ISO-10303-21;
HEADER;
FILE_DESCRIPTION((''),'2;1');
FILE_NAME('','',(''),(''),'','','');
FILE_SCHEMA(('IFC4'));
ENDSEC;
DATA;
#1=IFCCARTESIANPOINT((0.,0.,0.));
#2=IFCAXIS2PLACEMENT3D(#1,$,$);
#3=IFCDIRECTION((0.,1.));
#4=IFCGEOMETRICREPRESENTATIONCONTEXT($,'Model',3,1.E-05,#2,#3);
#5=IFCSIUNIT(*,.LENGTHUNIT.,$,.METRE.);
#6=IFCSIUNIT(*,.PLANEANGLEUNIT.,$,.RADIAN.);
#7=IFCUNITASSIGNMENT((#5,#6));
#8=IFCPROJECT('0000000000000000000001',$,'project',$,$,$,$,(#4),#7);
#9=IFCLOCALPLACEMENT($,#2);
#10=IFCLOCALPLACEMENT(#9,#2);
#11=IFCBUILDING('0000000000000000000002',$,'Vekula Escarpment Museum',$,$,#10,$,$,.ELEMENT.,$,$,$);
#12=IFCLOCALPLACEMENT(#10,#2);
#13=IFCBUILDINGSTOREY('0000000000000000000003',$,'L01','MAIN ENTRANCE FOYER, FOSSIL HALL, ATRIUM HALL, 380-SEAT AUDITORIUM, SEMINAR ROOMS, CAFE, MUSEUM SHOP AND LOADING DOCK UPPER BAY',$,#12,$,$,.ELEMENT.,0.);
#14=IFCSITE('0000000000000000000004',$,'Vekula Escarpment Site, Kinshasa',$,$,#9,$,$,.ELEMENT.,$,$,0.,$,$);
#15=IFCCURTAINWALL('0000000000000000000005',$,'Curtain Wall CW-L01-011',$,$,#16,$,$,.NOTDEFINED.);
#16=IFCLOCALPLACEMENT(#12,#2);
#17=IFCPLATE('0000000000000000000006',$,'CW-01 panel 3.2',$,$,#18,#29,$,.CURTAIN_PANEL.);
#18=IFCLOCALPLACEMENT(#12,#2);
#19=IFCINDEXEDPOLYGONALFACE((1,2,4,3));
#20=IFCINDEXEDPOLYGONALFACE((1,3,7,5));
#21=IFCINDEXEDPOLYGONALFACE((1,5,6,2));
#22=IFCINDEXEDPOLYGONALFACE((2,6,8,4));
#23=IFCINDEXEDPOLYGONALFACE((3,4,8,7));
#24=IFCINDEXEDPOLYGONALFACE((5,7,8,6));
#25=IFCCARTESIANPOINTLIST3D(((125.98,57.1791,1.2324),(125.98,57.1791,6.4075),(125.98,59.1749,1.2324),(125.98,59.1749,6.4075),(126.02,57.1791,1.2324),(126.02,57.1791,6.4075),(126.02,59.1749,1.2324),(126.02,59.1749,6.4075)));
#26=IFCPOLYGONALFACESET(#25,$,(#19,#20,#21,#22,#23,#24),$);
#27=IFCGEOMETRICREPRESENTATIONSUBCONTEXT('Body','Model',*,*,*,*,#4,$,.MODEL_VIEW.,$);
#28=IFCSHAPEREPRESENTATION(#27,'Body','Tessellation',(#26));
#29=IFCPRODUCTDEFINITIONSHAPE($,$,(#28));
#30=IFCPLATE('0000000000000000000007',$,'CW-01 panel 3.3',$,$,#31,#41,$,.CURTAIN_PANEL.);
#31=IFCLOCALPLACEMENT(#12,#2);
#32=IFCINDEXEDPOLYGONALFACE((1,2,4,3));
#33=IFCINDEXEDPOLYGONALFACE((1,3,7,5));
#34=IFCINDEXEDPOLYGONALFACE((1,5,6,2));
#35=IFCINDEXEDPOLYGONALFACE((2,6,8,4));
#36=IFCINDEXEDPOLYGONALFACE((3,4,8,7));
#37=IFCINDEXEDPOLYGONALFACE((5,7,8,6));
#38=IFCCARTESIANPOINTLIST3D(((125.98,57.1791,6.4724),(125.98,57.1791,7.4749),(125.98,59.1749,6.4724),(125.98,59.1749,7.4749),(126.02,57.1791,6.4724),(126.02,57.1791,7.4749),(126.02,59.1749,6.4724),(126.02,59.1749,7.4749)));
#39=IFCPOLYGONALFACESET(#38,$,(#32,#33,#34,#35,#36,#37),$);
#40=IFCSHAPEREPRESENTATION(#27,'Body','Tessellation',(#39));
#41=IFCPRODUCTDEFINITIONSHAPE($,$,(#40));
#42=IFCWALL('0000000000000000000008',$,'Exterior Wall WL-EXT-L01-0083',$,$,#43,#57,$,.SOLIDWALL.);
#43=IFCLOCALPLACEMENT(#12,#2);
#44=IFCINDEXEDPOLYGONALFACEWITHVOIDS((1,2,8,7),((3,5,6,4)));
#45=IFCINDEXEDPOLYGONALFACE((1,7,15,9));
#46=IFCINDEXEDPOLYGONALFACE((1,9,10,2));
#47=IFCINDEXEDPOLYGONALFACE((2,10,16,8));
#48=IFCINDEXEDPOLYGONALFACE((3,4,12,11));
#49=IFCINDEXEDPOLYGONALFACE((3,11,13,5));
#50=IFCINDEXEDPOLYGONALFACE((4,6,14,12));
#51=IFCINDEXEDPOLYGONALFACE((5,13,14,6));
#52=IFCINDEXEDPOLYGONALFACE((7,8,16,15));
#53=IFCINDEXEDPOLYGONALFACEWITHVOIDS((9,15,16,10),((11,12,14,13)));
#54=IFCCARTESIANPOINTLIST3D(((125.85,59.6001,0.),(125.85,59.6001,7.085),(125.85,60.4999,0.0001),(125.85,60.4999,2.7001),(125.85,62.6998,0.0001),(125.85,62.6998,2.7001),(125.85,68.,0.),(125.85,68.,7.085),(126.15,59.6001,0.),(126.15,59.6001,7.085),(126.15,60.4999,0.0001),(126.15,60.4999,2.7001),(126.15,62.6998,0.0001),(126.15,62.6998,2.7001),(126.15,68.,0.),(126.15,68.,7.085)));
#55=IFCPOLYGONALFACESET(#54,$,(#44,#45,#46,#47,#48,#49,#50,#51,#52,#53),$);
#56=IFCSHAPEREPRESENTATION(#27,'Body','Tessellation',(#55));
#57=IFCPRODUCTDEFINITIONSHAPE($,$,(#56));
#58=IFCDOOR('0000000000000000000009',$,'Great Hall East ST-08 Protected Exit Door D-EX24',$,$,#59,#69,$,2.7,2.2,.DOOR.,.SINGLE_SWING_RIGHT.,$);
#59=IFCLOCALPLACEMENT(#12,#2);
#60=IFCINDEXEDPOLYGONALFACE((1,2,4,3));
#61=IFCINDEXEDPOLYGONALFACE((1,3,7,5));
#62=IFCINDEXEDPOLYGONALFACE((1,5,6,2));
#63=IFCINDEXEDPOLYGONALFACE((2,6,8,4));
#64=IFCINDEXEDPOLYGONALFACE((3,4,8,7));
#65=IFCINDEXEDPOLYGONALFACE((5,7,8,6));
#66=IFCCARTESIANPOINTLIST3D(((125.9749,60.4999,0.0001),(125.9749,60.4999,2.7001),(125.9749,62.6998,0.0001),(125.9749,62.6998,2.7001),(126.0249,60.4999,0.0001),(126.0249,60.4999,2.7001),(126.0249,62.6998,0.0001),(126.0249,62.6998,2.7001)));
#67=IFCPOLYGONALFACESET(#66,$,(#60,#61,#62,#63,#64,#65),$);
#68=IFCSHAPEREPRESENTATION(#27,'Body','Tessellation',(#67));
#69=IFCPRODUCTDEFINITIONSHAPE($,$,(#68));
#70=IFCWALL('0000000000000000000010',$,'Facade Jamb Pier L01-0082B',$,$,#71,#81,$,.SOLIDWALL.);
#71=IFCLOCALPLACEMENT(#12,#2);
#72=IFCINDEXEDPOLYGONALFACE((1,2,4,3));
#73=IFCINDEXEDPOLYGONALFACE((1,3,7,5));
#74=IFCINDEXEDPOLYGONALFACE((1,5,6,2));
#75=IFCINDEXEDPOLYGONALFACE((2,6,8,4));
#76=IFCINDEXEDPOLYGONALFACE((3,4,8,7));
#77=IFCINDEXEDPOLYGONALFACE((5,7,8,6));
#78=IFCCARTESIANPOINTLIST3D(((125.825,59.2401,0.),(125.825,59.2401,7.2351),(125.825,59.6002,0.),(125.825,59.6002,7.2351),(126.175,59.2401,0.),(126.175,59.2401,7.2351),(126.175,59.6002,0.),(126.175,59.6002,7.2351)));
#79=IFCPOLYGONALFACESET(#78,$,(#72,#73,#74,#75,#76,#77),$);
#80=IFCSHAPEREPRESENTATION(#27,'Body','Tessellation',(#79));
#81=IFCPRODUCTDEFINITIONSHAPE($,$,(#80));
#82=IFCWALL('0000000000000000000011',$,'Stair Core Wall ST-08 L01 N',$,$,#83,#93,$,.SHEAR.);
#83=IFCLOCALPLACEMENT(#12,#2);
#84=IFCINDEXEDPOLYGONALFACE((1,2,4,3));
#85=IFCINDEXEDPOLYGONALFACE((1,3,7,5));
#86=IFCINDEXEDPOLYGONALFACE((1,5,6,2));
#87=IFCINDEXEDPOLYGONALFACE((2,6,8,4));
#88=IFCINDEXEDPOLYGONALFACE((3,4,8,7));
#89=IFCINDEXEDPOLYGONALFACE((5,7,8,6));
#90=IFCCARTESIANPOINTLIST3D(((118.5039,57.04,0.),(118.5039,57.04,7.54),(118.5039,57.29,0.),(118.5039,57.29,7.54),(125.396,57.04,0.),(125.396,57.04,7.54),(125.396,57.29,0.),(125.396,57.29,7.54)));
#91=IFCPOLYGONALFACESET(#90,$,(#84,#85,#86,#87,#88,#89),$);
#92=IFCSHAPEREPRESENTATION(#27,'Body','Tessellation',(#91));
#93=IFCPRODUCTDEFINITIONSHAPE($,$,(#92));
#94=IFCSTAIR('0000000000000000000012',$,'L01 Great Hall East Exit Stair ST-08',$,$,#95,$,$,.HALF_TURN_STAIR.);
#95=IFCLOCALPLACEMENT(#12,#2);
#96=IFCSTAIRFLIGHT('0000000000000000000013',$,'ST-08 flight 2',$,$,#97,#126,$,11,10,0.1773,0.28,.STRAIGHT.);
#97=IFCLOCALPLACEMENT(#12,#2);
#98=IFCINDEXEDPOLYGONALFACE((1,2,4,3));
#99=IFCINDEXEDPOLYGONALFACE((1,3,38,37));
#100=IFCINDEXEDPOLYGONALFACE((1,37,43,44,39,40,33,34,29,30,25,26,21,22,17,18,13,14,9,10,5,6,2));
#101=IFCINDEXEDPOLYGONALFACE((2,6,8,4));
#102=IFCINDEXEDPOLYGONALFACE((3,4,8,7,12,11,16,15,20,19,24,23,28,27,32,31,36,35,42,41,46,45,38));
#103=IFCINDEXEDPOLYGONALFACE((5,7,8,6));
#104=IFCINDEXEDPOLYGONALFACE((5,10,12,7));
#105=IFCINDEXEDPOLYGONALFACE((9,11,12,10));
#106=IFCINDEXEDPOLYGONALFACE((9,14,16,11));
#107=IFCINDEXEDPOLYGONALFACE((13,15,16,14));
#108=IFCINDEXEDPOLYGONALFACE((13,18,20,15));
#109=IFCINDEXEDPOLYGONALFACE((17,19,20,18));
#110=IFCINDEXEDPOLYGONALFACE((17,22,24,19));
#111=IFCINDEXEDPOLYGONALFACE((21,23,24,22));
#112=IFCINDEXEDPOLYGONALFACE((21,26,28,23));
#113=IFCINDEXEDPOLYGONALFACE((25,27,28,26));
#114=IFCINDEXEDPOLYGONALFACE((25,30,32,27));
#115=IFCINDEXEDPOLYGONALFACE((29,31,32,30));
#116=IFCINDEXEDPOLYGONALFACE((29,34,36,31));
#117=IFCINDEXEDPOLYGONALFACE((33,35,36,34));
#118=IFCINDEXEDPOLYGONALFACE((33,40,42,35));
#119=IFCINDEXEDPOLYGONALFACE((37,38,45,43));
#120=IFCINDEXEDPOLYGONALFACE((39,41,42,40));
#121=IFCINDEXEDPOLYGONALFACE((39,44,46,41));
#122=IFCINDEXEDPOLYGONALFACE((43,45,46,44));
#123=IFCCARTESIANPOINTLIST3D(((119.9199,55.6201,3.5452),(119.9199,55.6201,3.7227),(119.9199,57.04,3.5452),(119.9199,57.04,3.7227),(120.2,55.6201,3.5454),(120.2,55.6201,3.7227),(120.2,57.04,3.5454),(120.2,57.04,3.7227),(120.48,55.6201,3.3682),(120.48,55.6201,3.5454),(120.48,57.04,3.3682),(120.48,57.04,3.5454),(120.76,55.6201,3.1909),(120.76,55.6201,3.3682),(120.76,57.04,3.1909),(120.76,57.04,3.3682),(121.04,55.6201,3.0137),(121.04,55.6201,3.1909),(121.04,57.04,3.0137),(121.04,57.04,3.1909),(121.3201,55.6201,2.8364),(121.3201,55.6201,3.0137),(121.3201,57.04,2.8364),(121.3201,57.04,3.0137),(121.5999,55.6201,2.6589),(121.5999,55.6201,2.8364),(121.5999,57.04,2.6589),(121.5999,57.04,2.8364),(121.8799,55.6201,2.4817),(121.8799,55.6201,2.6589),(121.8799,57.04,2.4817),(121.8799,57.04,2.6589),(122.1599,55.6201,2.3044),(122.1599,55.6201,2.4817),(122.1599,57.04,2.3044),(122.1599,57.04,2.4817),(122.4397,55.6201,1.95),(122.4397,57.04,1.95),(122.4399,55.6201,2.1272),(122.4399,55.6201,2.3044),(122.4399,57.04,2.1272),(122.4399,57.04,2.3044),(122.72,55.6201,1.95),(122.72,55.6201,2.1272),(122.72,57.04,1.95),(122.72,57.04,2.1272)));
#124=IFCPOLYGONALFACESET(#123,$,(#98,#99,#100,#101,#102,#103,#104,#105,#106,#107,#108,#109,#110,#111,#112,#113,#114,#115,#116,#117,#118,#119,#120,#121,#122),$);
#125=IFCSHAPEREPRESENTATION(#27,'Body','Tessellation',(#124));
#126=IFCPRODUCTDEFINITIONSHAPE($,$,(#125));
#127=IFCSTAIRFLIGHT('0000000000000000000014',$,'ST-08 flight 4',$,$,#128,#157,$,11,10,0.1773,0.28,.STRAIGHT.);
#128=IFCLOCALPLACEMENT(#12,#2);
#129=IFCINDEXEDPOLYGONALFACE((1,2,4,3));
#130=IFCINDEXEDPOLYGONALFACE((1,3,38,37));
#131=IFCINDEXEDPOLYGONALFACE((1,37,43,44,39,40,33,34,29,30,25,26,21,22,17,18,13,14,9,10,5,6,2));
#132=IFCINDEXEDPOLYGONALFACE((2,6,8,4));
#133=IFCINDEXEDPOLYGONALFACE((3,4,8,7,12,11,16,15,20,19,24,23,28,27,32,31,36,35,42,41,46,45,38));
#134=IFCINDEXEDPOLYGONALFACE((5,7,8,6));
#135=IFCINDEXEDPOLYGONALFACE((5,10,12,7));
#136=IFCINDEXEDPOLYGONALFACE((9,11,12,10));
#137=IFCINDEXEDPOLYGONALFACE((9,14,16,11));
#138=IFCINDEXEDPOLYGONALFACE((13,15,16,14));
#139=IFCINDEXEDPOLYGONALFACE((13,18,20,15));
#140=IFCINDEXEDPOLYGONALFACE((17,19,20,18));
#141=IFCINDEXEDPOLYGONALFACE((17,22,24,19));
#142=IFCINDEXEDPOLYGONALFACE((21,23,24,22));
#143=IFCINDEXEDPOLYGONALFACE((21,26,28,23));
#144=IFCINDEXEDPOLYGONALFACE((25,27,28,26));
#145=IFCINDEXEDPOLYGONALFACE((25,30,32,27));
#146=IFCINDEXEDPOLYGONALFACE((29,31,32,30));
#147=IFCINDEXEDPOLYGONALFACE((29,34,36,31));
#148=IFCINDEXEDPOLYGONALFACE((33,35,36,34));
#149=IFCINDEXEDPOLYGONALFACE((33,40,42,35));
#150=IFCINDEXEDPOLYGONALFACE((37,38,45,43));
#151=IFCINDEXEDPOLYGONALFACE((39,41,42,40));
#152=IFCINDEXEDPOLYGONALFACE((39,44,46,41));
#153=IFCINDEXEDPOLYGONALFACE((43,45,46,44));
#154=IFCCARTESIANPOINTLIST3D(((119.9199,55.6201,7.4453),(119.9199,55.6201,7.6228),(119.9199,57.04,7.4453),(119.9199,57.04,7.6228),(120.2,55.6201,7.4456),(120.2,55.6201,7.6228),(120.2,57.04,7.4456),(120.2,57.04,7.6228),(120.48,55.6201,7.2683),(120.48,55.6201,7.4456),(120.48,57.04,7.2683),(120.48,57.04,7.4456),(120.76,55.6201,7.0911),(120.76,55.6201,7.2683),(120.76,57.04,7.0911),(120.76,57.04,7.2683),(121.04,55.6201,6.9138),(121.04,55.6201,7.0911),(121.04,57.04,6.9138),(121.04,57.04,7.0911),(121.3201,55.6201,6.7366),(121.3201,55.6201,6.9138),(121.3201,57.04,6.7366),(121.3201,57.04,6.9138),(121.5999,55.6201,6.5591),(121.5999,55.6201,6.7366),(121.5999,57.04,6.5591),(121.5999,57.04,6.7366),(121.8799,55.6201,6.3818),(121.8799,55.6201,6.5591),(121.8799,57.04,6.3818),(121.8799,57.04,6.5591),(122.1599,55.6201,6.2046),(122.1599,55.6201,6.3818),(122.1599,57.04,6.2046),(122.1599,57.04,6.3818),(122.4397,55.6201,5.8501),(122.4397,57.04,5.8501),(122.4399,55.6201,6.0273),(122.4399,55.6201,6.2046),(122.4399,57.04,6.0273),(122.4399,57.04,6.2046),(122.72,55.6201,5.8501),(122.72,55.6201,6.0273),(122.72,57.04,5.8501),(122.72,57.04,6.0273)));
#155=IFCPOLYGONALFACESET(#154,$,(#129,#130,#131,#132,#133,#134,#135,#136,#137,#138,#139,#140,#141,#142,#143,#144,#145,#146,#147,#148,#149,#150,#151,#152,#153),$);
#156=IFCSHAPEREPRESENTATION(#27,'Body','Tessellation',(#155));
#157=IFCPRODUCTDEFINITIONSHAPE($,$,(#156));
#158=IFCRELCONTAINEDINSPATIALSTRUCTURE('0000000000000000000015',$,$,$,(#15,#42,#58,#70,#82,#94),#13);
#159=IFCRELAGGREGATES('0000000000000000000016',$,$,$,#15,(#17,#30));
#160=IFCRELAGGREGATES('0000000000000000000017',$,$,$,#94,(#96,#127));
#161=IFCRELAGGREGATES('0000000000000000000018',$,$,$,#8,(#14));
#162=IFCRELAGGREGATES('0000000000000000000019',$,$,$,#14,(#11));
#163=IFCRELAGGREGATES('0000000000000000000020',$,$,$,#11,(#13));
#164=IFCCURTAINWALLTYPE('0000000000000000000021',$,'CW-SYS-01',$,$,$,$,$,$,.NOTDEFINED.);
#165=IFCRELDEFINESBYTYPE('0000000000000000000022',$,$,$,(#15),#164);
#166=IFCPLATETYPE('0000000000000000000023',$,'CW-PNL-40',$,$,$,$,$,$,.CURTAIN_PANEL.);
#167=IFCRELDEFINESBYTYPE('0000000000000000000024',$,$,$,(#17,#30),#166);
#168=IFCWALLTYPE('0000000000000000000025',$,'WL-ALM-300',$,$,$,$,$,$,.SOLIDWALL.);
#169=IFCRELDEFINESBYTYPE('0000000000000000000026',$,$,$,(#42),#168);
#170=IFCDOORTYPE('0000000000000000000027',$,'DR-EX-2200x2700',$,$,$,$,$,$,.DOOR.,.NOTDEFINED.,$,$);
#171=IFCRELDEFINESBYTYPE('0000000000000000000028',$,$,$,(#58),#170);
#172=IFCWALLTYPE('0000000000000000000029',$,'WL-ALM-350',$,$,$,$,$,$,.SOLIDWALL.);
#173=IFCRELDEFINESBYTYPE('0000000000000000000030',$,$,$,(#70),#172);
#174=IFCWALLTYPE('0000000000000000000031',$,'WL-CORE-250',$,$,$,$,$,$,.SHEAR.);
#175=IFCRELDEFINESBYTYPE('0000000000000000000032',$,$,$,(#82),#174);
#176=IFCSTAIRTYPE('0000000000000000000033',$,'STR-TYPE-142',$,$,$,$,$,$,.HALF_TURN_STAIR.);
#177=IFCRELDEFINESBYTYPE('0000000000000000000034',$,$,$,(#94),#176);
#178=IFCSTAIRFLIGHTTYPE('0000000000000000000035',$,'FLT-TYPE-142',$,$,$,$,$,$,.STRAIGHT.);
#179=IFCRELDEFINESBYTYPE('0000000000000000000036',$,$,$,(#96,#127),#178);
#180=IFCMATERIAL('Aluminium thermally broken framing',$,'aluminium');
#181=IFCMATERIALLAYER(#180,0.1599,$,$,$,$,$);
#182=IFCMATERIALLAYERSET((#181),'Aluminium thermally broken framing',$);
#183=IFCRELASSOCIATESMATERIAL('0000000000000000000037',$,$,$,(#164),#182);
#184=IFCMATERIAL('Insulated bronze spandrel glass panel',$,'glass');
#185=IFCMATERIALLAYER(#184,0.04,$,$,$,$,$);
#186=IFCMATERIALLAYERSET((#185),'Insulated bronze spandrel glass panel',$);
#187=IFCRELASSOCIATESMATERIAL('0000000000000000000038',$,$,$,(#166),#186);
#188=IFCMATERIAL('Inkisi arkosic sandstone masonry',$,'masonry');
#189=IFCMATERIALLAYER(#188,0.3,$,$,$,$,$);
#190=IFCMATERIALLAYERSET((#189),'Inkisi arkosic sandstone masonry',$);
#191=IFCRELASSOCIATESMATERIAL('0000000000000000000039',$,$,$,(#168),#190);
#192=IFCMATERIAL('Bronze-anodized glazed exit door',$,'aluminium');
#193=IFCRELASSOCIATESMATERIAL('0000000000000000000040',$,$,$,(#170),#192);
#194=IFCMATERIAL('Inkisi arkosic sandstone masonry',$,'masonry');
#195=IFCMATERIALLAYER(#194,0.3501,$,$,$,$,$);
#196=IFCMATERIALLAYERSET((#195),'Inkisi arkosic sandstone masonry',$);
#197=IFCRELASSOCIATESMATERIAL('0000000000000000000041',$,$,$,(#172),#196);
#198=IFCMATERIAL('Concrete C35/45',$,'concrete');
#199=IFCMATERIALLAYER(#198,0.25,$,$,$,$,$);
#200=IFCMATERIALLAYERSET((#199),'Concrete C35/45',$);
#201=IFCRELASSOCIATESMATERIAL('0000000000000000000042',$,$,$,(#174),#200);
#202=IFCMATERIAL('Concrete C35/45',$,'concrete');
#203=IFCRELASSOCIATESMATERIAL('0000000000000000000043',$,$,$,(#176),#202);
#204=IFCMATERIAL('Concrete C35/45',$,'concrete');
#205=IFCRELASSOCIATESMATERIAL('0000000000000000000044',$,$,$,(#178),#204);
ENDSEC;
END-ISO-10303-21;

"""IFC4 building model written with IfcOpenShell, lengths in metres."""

from ifc_helpers import new_model, si_unit, direction, frame, frame_2d, origin, origin_2d, place, context, subcontext, project, spatial, polyline, rectangle, outline, extrude, material, layer, layer_set, type_object, element, fill, aggregate, save


model = new_model("IFC4")

# Units and contexts
model_context = context("Model", 3, precision=1e-05, world=origin(), true_north=direction((0.0, 1.0)))
body_context = subcontext(model_context, "Body", "Model", "MODEL_VIEW")
ifc_project = project(units=[si_unit("LENGTHUNIT", "METRE"), si_unit("PLANEANGLEUNIT", "RADIAN")], contexts=[model_context])

# Site, building, storey
site_placement = place(None, origin())
site = spatial("IfcSite", under=ifc_project, at=site_placement, Name="Vekula Escarpment Site, Kinshasa", CompositionType="ELEMENT", RefElevation=0.0)
building_placement = place(site_placement, origin())
building = spatial("IfcBuilding", under=site, at=building_placement, Name="Vekula Escarpment Museum", CompositionType="ELEMENT")
storey_placement = place(building_placement, origin())
storey = spatial("IfcBuildingStorey", under=building, at=storey_placement, Name="L01", Description="MAIN ENTRANCE FOYER, FOSSIL HALL, ATRIUM HALL, 380-SEAT AUDITORIUM, SEMINAR ROOMS, CAFE, MUSEUM SHOP AND LOADING DOCK UPPER BAY", CompositionType="ELEMENT", Elevation=0.0)

# Curtain wall, plates
ifc_material_1 = material(Name="Aluminium thermally broken framing", Category="aluminium")
ifc_layer_1 = layer(ifc_material_1, 0.1599)
ifc_layer_set_1 = layer_set([ifc_layer_1], Name="Aluminium thermally broken framing")
curtain_wall_type = type_object("IfcCurtainWallType", Name="CW-SYS-01", PredefinedType="NOTDEFINED", material=ifc_layer_set_1)
curtain_wall_placement = place(storey_placement, origin())
curtain_wall = element("IfcCurtainWall", 1, at=curtain_wall_placement, inside=storey, type_object=curtain_wall_type, Name="Curtain Wall CW-L01-011", PredefinedType="NOTDEFINED")
ifc_material_2 = material(Name="Insulated bronze spandrel glass panel", Category="glass")
ifc_layer_2 = layer(ifc_material_2, 0.04)
ifc_layer_set_2 = layer_set([ifc_layer_2], Name="Insulated bronze spandrel glass panel")
plate_type = type_object("IfcPlateType", Name="CW-PNL-40", PredefinedType="CURTAIN_PANEL", material=ifc_layer_set_2)
plate_1_placement = place(storey_placement, frame((126.0, 58.177, 1.2324), z_axis=(0.0, 0.0, 1.0), x_axis=(0.0, 1.0, 0.0)))
plate_1 = element("IfcPlate", 2, at=plate_1_placement, type_object=plate_type, Name="CW-01 panel 3.2", PredefinedType="CURTAIN_PANEL", context=body_context, shape_type="SweptSolid", body=[
    extrude(rectangle(XDim=1.9958, YDim=0.04, at=origin_2d()), origin(), (0.0, 0.0, 1.0), 5.175),
])
plate_2_placement = place(storey_placement, frame((126.0, 58.177, 6.4724), z_axis=(0.0, 0.0, 1.0), x_axis=(0.0, 1.0, 0.0)))
plate_2 = element("IfcPlate", 3, at=plate_2_placement, type_object=plate_type, Name="CW-01 panel 3.3", PredefinedType="CURTAIN_PANEL", context=body_context, shape_type="SweptSolid", body=[
    extrude(rectangle(XDim=1.9958, YDim=0.04, at=origin_2d()), origin(), (0.0, 0.0, 1.0), 1.0024),
])
aggregate(curtain_wall, [plate_1, plate_2])

# Wall, opening, door
ifc_material_3 = material(Name="Inkisi arkosic sandstone masonry", Category="masonry")
ifc_layer_3 = layer(ifc_material_3, 0.3)
ifc_layer_set_3 = layer_set([ifc_layer_3], Name="Inkisi arkosic sandstone masonry")
wall_type_1 = type_object("IfcWallType", Name="WL-ALM-300", PredefinedType="SOLIDWALL", material=ifc_layer_set_3)
wall_1_placement = place(storey_placement, frame((126.0, 68.0, 0.0), z_axis=(0.0, 0.0, 1.0), x_axis=(0.0, -1.0, 0.0)))
wall_1 = element("IfcWall", 4, at=wall_1_placement, inside=storey, type_object=wall_type_1, Name="Exterior Wall WL-EXT-L01-0083", PredefinedType="SOLIDWALL", context=body_context, shape_type="SweptSolid", body=[
    extrude(rectangle(XDim=8.3999, YDim=0.3, at=frame_2d((4.2, 0.0))), origin(), (0.0, 0.0, 1.0), 7.085),
])
opening_placement = place(wall_1_placement, frame((5.3, 0.0, 0.0)))
opening = element("IfcOpeningElement", 5, at=opening_placement, cuts=wall_1, PredefinedType="OPENING", context=body_context, shape_type="SweptSolid", body=[
    extrude(rectangle(XDim=2.2, YDim=2.7, at=frame_2d((1.1001, 1.3501))), frame((0.0, 0.1599, 0.0), z_axis=(0.0, -1.0, 0.0), x_axis=(1.0, 0.0, 0.0)), (0.0, 0.0, 1.0), 0.3201),
])
ifc_material_4 = material(Name="Bronze-anodized glazed exit door", Category="aluminium")
door_type = type_object("IfcDoorType", Name="DR-EX-2200x2700", OperationType="NOTDEFINED", PredefinedType="DOOR", material=ifc_material_4)
door_placement = place(opening_placement, origin())
door = element("IfcDoor", 6, at=door_placement, inside=storey, type_object=door_type, Name="Great Hall East ST-08 Protected Exit Door D-EX24", OperationType="SINGLE_SWING_RIGHT", OverallHeight=2.7, OverallWidth=2.2, PredefinedType="DOOR", context=body_context, shape_type="SweptSolid", body=[
    extrude(rectangle(XDim=2.2, YDim=2.7, at=frame_2d((1.1001, 1.3501))), frame((0.0, 0.0249, 0.0), z_axis=(0.0, -1.0, 0.0), x_axis=(1.0, 0.0, 0.0)), (0.0, 0.0, 1.0), 0.05),
])
fill(opening, door)

# Walls
ifc_material_5 = material(Name="Inkisi arkosic sandstone masonry", Category="masonry")
ifc_layer_4 = layer(ifc_material_5, 0.3501)
ifc_layer_set_4 = layer_set([ifc_layer_4], Name="Inkisi arkosic sandstone masonry")
wall_type_2 = type_object("IfcWallType", Name="WL-ALM-350", PredefinedType="SOLIDWALL", material=ifc_layer_set_4)
wall_2_placement = place(storey_placement, frame((126.0, 59.24, 0.0), z_axis=(0.0, 0.0, 1.0), x_axis=(0.0, 1.0, 0.0)))
element("IfcWall", 7, at=wall_2_placement, inside=storey, type_object=wall_type_2, Name="Facade Jamb Pier L01-0082B", PredefinedType="SOLIDWALL", context=body_context, shape_type="SweptSolid", body=[
    extrude(rectangle(XDim=0.3601, YDim=0.3501, at=frame_2d((0.1802, 0.0))), origin(), (0.0, 0.0, 1.0), 7.2351),
])
ifc_material_6 = material(Name="Concrete C35/45", Category="concrete")
ifc_layer_5 = layer(ifc_material_6, 0.25)
ifc_layer_set_5 = layer_set([ifc_layer_5], Name="Concrete C35/45")
wall_type_3 = type_object("IfcWallType", Name="WL-CORE-250", PredefinedType="SHEAR", material=ifc_layer_set_5)
wall_3_placement = place(storey_placement, frame((118.5039, 57.165, 0.0), z_axis=(0.0, 0.0, 1.0), x_axis=(1.0, 0.0, 0.0)))
element("IfcWall", 8, at=wall_3_placement, inside=storey, type_object=wall_type_3, Name="Stair Core Wall ST-08 L01 N", PredefinedType="SHEAR", context=body_context, shape_type="SweptSolid", body=[
    extrude(rectangle(XDim=6.8921, YDim=0.25, at=frame_2d((3.446, 0.0))), origin(), (0.0, 0.0, 1.0), 7.54),
])

# Stair, stair flights
ifc_material_7 = material(Name="Concrete C35/45", Category="concrete")
stair_type = type_object("IfcStairType", Name="STR-TYPE-142", PredefinedType="HALF_TURN_STAIR", material=ifc_material_7)
stair_placement = place(storey_placement, origin())
stair = element("IfcStair", 9, at=stair_placement, inside=storey, type_object=stair_type, Name="L01 Great Hall East Exit Stair ST-08", PredefinedType="HALF_TURN_STAIR")
ifc_material_8 = material(Name="Concrete C35/45", Category="concrete")
stair_flight_type = type_object("IfcStairFlightType", Name="FLT-TYPE-142", PredefinedType="STRAIGHT", material=ifc_material_8)
stair_flight_1_placement = place(storey_placement, frame((122.72, 56.3301, 1.95), z_axis=(0.0, 0.0, 1.0), x_axis=(-1.0, 0.0, 0.0)))
stair_flight_1 = element("IfcStairFlight", 10, at=stair_flight_1_placement, type_object=stair_flight_type, Name="ST-08 flight 2", NumberOfRisers=11, NumberOfTreads=10, PredefinedType="STRAIGHT", RiserHeight=0.1773, TreadLength=0.28, context=body_context, shape_type="SweptSolid", body=[
    extrude(outline(polyline([(0.0, 0.0), (0.0, 0.1772), (0.28, 0.1772), (0.28, 0.3545), (0.5601, 0.3545), (0.5601, 0.5317), (0.8401, 0.5317), (0.8401, 0.709), (1.1201, 0.709), (1.1201, 0.8865), (1.3999, 0.8865), (1.3999, 1.0637), (1.6799, 1.0637), (1.6799, 1.241), (1.96, 1.241), (1.96, 1.4182), (2.24, 1.4182), (2.24, 1.5955), (2.52, 1.5955), (2.52, 1.7727), (2.8, 1.7727), (2.8, 1.95), (2.8, 1.5952), (0.2803, 0.0), (0.0, 0.0)])), frame((0.0, 0.71, 0.0), z_axis=(0.0, -1.0, 0.0), x_axis=(1.0, 0.0, 0.0)), (0.0, 0.0, 1.0), 1.4199),
])
stair_flight_2_placement = place(storey_placement, frame((122.72, 56.3301, 5.8501), z_axis=(0.0, 0.0, 1.0), x_axis=(-1.0, 0.0, 0.0)))
stair_flight_2 = element("IfcStairFlight", 11, at=stair_flight_2_placement, type_object=stair_flight_type, Name="ST-08 flight 4", NumberOfRisers=11, NumberOfTreads=10, PredefinedType="STRAIGHT", RiserHeight=0.1773, TreadLength=0.28, context=body_context, shape_type="SweptSolid", body=[
    extrude(outline(polyline([(0.0, 0.0), (0.0, 0.1772), (0.28, 0.1772), (0.28, 0.3545), (0.5601, 0.3545), (0.5601, 0.5317), (0.8401, 0.5317), (0.8401, 0.709), (1.1201, 0.709), (1.1201, 0.8865), (1.3999, 0.8865), (1.3999, 1.0637), (1.6799, 1.0637), (1.6799, 1.241), (1.96, 1.241), (1.96, 1.4182), (2.24, 1.4182), (2.24, 1.5955), (2.52, 1.5955), (2.52, 1.7727), (2.8, 1.7727), (2.8, 1.95), (2.8, 1.5952), (0.2803, 0.0), (0.0, 0.0)])), frame((0.0, 0.71, 0.0), z_axis=(0.0, -1.0, 0.0), x_axis=(1.0, 0.0, 0.0)), (0.0, 0.0, 1.0), 1.4199),
])
aggregate(stair, [stair_flight_1, stair_flight_2])

save(model, "model.ifc")
